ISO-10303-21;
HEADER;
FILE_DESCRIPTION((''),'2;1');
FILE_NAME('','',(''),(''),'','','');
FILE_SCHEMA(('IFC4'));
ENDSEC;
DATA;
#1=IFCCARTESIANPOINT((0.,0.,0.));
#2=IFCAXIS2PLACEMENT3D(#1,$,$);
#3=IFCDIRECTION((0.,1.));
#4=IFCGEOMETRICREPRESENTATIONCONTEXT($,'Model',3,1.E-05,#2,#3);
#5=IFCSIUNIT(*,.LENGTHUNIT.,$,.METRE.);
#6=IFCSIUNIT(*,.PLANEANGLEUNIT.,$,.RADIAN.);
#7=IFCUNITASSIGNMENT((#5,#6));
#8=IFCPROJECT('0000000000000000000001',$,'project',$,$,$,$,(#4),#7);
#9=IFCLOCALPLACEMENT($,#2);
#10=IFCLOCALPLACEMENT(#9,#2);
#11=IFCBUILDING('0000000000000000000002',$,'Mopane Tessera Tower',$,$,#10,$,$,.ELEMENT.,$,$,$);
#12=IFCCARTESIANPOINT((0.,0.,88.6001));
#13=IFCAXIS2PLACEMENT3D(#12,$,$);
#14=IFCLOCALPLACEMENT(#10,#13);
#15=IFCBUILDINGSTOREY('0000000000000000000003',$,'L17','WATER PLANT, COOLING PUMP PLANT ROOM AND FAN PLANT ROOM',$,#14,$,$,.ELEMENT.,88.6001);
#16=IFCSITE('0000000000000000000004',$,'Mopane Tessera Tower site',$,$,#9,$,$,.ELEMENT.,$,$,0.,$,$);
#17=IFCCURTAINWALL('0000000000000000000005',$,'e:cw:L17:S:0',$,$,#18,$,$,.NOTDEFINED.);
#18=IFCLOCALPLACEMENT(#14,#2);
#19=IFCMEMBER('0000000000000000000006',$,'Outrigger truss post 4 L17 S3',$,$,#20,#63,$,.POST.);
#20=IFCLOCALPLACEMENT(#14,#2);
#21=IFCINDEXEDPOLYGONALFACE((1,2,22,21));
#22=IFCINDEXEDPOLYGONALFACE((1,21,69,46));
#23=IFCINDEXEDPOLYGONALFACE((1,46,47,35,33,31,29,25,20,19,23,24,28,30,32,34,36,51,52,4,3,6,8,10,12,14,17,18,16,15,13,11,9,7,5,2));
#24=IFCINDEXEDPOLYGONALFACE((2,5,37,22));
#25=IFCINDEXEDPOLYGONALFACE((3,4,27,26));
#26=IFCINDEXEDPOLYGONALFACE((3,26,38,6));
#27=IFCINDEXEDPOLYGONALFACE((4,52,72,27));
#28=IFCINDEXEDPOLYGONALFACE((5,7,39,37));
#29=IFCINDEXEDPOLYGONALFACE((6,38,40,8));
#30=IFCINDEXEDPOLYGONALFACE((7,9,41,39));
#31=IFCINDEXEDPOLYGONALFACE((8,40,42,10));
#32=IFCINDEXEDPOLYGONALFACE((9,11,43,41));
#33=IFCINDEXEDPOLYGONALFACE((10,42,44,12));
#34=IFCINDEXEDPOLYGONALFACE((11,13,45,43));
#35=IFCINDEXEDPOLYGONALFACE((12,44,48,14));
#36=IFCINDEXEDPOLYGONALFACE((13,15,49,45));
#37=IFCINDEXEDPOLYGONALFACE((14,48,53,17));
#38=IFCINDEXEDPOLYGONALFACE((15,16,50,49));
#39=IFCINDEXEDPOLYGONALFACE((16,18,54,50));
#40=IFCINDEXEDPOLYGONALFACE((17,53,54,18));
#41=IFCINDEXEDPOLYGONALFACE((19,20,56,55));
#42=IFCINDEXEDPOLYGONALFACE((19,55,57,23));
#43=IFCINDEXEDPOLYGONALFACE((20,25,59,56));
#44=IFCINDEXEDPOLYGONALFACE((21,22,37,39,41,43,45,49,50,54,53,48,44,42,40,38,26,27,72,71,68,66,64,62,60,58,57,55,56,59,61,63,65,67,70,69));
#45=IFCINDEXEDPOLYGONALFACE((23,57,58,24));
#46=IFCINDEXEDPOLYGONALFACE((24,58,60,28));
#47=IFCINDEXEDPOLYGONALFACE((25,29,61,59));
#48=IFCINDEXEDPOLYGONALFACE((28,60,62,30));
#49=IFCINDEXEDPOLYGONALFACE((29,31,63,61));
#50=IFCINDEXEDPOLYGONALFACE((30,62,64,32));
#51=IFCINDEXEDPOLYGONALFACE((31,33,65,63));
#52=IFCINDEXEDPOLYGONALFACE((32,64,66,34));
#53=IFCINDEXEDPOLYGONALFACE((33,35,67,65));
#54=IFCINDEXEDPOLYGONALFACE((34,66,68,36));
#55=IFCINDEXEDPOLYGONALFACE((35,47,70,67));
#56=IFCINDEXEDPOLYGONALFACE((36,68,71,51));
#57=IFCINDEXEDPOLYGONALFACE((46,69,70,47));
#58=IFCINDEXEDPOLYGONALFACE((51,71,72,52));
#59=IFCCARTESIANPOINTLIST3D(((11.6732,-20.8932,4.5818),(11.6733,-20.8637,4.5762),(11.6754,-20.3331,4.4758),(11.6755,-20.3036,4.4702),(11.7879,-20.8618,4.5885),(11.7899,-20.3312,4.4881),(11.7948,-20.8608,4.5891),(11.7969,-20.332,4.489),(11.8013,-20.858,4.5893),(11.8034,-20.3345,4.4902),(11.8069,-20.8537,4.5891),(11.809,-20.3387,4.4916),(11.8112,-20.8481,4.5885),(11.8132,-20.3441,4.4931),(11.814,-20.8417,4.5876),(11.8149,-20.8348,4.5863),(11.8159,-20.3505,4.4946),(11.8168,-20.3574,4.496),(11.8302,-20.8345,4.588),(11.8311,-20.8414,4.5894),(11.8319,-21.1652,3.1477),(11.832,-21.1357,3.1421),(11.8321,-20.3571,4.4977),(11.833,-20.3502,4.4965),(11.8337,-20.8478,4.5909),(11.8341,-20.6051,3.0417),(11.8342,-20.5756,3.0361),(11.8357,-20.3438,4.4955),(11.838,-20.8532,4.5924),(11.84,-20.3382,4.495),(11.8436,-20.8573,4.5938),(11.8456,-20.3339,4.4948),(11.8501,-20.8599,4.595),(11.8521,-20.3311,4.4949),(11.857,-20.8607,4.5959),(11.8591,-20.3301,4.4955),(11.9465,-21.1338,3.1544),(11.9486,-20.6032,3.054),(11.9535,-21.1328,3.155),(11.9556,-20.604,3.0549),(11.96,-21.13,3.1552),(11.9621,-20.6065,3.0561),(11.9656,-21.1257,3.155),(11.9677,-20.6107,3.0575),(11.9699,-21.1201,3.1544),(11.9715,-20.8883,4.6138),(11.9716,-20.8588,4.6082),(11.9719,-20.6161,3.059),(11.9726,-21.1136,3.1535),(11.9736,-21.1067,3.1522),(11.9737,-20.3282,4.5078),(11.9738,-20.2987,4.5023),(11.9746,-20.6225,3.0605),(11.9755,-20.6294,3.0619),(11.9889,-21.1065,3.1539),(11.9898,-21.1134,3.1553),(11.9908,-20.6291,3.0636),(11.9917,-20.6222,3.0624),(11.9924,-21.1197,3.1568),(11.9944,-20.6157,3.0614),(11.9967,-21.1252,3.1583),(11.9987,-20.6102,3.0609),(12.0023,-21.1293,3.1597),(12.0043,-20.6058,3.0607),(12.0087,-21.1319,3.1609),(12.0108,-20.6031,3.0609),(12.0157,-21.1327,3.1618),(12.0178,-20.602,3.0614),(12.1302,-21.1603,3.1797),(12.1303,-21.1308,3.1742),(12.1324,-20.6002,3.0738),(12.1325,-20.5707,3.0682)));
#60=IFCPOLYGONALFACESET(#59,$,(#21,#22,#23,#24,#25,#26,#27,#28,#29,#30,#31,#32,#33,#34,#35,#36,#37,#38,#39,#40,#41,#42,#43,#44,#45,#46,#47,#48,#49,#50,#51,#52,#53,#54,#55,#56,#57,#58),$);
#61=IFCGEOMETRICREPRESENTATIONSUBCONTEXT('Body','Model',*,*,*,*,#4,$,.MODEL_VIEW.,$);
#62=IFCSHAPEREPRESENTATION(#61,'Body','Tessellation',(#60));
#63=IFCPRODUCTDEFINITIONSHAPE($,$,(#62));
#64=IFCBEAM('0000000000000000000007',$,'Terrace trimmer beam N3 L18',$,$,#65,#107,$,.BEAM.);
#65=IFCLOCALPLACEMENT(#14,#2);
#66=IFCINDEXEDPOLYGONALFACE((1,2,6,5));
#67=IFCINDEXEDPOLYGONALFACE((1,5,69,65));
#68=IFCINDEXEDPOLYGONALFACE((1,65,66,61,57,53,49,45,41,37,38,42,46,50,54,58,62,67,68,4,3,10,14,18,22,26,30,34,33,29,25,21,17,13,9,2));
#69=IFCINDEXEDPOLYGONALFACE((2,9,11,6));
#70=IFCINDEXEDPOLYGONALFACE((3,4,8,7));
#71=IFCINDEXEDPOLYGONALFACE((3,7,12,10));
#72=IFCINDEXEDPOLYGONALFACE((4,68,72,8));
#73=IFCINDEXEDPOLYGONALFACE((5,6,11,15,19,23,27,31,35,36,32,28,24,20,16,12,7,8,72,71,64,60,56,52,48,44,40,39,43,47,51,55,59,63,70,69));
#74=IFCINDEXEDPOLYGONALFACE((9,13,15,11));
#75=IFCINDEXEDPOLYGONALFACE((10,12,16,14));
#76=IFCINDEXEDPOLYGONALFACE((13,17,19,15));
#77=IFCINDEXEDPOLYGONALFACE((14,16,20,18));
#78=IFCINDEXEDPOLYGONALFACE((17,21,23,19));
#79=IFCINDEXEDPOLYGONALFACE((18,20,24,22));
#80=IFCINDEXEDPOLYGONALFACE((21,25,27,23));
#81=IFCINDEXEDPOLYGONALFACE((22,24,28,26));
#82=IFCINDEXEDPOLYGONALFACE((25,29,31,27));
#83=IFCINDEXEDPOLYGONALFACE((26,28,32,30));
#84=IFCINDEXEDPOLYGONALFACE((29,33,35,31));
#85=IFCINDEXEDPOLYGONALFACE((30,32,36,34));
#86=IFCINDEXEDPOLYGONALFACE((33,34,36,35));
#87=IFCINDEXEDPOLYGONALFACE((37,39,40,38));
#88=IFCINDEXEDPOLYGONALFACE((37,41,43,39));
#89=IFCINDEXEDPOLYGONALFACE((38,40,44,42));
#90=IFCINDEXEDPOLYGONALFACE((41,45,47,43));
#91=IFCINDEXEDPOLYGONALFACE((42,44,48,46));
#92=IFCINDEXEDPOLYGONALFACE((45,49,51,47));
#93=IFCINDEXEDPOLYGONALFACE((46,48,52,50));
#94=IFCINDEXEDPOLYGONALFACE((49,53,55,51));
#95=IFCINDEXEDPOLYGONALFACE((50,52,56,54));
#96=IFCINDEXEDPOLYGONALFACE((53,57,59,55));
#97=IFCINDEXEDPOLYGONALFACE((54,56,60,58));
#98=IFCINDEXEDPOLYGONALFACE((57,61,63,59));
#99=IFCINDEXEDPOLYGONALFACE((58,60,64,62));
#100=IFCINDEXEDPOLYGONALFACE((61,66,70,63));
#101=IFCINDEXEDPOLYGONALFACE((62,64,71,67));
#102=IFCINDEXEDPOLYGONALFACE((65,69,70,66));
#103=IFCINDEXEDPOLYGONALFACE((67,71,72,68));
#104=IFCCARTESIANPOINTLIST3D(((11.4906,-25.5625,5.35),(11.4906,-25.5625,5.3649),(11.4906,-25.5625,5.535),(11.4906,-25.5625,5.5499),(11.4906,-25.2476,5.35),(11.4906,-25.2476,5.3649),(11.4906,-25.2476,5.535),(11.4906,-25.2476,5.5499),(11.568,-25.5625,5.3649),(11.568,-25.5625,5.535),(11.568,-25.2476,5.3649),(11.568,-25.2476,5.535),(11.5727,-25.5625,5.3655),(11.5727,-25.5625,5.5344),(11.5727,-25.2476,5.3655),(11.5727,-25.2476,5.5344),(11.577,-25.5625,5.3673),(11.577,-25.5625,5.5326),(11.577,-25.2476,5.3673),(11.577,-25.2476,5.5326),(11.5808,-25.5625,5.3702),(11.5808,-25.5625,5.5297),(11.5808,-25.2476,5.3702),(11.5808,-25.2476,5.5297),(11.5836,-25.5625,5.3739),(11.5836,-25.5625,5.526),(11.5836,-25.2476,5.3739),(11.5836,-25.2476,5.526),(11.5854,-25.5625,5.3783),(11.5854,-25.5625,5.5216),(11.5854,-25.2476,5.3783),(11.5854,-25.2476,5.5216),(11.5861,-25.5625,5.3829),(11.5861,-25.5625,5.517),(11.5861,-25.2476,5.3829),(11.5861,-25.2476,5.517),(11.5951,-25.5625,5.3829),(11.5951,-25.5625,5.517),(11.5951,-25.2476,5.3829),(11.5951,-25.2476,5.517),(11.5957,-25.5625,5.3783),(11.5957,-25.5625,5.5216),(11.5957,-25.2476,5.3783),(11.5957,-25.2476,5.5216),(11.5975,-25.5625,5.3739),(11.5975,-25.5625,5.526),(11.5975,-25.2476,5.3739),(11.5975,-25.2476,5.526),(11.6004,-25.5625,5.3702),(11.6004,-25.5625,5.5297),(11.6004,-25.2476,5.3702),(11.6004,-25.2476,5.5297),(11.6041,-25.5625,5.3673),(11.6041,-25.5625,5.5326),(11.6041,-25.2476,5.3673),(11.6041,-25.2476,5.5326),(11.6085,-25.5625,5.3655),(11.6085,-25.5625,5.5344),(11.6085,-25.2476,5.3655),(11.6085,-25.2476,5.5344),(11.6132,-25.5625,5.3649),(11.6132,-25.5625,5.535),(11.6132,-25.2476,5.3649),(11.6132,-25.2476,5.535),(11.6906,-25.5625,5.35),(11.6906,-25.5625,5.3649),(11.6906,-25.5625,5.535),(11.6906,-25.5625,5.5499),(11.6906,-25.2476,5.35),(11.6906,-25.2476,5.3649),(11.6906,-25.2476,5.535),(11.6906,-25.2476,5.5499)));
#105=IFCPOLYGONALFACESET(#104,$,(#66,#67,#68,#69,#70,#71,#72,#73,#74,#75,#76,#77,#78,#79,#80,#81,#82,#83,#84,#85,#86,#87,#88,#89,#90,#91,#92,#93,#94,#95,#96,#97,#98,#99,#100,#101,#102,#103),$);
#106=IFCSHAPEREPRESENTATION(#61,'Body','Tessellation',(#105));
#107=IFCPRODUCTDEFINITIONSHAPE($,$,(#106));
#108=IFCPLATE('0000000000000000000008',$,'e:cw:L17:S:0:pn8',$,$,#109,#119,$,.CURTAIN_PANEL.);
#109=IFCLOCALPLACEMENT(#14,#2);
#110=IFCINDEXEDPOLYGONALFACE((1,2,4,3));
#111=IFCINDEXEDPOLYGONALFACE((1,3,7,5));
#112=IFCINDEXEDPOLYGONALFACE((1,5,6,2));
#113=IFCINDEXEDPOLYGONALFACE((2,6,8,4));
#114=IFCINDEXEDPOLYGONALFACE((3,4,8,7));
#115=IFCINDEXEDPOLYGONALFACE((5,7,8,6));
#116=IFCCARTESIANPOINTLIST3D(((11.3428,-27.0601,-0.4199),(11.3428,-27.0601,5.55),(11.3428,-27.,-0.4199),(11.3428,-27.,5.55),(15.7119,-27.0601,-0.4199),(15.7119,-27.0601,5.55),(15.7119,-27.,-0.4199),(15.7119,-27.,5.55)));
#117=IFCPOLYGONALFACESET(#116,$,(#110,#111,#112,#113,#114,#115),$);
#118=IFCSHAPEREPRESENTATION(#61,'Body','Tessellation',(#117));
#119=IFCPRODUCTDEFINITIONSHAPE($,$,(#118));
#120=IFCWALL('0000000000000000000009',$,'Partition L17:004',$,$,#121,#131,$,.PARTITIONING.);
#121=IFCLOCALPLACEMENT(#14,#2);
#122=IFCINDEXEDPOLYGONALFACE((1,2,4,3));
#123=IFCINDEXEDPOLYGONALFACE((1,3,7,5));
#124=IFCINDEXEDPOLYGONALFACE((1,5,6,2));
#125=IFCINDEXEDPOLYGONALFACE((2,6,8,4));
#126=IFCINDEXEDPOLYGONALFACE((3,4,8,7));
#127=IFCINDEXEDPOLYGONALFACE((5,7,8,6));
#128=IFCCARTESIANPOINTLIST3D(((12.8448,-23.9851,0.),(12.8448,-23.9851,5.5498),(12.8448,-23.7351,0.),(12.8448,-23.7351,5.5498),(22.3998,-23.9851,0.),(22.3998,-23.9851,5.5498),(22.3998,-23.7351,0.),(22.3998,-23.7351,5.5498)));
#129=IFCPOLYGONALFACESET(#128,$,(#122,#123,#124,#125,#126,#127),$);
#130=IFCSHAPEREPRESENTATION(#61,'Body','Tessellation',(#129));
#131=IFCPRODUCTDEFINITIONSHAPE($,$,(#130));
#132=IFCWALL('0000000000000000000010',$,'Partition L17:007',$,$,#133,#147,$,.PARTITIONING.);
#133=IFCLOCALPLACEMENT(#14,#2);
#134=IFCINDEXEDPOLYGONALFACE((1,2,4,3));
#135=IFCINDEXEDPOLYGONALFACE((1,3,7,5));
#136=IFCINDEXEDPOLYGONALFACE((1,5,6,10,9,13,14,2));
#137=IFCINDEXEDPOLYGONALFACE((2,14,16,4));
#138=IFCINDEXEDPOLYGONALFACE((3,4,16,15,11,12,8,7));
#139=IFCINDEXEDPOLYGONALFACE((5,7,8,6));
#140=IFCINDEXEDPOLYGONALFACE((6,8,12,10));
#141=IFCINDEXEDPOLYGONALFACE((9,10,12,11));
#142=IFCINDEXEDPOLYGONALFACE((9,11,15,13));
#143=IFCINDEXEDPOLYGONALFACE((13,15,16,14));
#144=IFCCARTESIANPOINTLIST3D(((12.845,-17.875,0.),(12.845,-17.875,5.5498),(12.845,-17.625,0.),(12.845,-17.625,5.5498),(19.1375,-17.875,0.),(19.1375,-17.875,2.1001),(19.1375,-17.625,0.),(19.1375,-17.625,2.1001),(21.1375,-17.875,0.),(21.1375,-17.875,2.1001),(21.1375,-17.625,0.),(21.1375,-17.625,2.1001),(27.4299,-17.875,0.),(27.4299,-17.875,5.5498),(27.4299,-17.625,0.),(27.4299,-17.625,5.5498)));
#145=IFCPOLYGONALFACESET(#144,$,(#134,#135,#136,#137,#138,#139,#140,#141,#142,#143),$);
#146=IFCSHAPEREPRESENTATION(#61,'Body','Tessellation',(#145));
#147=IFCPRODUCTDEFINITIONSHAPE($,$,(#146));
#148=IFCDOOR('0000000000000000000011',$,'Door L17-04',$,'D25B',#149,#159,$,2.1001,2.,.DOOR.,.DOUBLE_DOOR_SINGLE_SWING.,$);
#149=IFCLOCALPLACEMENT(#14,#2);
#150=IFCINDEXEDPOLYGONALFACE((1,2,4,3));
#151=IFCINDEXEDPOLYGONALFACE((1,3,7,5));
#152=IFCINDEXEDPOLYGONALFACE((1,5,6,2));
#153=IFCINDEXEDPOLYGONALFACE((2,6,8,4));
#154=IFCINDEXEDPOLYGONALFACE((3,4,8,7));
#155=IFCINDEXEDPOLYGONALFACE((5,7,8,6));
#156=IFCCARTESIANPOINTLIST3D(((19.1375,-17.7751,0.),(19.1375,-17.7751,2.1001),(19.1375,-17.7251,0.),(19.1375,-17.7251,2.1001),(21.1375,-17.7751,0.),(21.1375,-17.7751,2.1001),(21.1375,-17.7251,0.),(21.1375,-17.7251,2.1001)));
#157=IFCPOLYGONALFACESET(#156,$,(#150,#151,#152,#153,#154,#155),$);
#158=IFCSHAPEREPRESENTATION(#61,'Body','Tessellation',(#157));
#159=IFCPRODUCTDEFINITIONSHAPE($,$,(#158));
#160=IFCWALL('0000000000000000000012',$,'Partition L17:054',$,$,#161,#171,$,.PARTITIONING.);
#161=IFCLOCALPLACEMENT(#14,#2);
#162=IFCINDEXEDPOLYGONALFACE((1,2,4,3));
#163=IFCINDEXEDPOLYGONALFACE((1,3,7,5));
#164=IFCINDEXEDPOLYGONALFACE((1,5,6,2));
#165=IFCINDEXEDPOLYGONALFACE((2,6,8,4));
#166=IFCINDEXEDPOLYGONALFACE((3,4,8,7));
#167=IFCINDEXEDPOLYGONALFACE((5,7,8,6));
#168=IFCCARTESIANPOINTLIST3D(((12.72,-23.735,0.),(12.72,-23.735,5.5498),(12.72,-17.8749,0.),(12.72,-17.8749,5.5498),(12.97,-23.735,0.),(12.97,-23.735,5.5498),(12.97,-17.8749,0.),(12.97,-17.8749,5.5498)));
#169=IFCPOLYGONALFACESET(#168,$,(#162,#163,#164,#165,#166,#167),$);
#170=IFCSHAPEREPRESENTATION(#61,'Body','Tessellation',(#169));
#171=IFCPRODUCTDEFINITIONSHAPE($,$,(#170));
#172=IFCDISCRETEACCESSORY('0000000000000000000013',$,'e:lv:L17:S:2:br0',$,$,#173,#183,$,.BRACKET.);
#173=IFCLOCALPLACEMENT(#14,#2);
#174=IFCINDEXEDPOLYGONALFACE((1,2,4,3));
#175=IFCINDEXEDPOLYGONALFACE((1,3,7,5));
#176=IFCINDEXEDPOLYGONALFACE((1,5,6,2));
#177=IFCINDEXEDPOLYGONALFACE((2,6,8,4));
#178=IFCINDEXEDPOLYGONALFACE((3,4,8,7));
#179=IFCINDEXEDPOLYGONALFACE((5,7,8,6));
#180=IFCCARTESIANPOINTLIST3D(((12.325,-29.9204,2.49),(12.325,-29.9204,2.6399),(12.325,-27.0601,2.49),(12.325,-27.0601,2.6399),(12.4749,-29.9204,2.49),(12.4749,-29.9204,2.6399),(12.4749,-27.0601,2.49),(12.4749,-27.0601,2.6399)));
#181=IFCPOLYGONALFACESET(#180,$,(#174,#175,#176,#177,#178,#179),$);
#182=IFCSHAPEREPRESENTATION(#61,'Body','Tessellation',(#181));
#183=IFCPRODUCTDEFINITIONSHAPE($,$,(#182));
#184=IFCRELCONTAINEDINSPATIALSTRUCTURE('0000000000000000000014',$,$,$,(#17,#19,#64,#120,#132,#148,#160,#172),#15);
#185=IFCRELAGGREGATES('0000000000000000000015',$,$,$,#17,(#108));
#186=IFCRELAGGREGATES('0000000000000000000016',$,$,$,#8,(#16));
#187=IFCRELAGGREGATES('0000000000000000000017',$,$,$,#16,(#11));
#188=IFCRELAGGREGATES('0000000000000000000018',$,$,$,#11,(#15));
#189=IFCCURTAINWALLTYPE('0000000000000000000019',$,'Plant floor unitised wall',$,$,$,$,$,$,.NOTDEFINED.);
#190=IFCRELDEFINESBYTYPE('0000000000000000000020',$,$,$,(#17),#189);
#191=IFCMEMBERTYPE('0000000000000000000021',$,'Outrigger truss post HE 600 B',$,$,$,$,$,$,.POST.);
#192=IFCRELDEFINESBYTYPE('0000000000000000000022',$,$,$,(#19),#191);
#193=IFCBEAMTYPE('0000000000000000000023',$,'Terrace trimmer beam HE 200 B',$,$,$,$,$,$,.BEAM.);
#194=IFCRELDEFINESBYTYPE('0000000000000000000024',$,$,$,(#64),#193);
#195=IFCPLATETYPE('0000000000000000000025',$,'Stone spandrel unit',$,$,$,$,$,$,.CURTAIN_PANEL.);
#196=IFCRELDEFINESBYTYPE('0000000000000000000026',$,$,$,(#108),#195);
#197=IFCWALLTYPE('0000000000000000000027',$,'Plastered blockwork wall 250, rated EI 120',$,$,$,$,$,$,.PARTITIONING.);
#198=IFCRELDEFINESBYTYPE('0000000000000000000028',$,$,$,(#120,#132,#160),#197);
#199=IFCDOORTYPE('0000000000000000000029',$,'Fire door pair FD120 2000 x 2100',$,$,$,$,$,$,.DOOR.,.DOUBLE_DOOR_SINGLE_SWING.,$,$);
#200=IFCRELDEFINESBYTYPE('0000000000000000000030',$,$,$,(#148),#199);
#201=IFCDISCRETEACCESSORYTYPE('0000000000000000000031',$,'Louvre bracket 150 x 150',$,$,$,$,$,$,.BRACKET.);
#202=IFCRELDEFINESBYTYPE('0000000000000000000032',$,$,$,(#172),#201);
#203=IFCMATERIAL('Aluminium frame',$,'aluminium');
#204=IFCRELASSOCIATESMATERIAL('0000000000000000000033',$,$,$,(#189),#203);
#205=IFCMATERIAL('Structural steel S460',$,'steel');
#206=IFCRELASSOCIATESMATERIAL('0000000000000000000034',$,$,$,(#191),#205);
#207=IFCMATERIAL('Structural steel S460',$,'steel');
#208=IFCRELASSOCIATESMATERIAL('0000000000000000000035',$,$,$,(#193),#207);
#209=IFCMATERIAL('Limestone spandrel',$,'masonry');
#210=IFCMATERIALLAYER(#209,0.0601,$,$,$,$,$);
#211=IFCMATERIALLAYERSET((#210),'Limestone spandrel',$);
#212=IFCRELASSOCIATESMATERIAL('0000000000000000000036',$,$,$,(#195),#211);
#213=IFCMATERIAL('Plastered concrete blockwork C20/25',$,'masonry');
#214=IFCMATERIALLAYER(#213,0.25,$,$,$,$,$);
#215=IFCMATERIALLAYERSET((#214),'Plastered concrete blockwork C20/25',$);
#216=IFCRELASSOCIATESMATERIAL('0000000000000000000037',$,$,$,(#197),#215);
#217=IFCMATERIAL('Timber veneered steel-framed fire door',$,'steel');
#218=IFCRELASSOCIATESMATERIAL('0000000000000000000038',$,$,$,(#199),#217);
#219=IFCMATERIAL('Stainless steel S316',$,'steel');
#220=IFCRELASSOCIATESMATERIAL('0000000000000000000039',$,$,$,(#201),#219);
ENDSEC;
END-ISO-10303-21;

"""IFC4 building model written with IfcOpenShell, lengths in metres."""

from ifc_helpers import new_model, si_unit, direction, frame, frame_2d, origin, origin_2d, place, context, subcontext, project, spatial, rectangle, i_section, extrude, material, layer, layer_set, material_profile, profile_set, type_object, element, fill, aggregate, save


model = new_model("IFC4")

# Units and contexts
model_context = context("Model", 3, precision=1e-05, world=origin(), true_north=direction((0.0, 1.0)))
body_context = subcontext(model_context, "Body", "Model", "MODEL_VIEW")
ifc_project = project(units=[si_unit("LENGTHUNIT", "METRE"), si_unit("PLANEANGLEUNIT", "RADIAN")], contexts=[model_context])

# Site, building, storey
site_placement = place(None, origin())
site = spatial("IfcSite", under=ifc_project, at=site_placement, Name="Mopane Tessera Tower site", CompositionType="ELEMENT", RefElevation=0.0)
building_placement = place(site_placement, origin())
building = spatial("IfcBuilding", under=site, at=building_placement, Name="Mopane Tessera Tower", CompositionType="ELEMENT")
storey_placement = place(building_placement, frame((0.0, 0.0, 88.6001)))
storey = spatial("IfcBuildingStorey", under=building, at=storey_placement, Name="L17", Description="WATER PLANT, COOLING PUMP PLANT ROOM AND FAN PLANT ROOM", CompositionType="ELEMENT", Elevation=88.6001)

# Curtain wall
ifc_material_1 = material(Name="Aluminium frame", Category="aluminium")
curtain_wall_type = type_object("IfcCurtainWallType", Name="Plant floor unitised wall", PredefinedType="NOTDEFINED", material=ifc_material_1)
curtain_wall_placement = place(storey_placement, origin())
curtain_wall = element("IfcCurtainWall", 1, at=curtain_wall_placement, inside=storey, type_object=curtain_wall_type, Name="e:cw:L17:S:0", PredefinedType="NOTDEFINED")

# Member
ifc_material_2 = material(Name="Structural steel S460", Category="steel")
ifc_material_profile_1 = material_profile(ifc_material_2, i_section(OverallWidth=0.3, OverallDepth=0.6001, WebThickness=0.0154, FlangeThickness=0.03, FilletRadius=0.0271, at=origin_2d()))
ifc_profile_set_1 = profile_set([ifc_material_profile_1], Name="Structural steel S460")
member_type_1 = type_object("IfcMemberType", Name="Outrigger truss post HE 600 B", PredefinedType="POST", material=ifc_profile_set_1)
member_1_placement = place(storey_placement, frame((11.9822, -20.8679, 3.1079), z_axis=(-0.108082, 0.185237, 0.976732), x_axis=(0.994134, 0.016307, 0.106915)))
element("IfcMember", 2, at=member_1_placement, inside=storey, type_object=member_type_1, Name="Outrigger truss post 4 L17 S3", PredefinedType="POST", context=body_context, shape_type="SweptSolid", body=[
    extrude(i_section(OverallWidth=0.3, OverallDepth=0.6001, WebThickness=0.0154, FlangeThickness=0.03, FilletRadius=0.0271, at=origin_2d()), origin(), (0.0, 0.0, 1.0), 1.4683),
])

# Beam
ifc_material_3 = material(Name="Structural steel S460", Category="steel")
ifc_material_profile_2 = material_profile(ifc_material_3, i_section(OverallWidth=0.2, OverallDepth=0.2, WebThickness=0.009, FlangeThickness=0.0149, FilletRadius=0.0181, at=origin_2d()))
ifc_profile_set_2 = profile_set([ifc_material_profile_2], Name="Structural steel S460")
beam_type = type_object("IfcBeamType", Name="Terrace trimmer beam HE 200 B", PredefinedType="BEAM", material=ifc_profile_set_2)
beam_placement = place(storey_placement, frame((11.5906, -25.2476, 5.45), z_axis=(0.0, -1.0, 0.0), x_axis=(1.0, 0.0, 0.0)))
element("IfcBeam", 3, at=beam_placement, inside=storey, type_object=beam_type, Name="Terrace trimmer beam N3 L18", PredefinedType="BEAM", context=body_context, shape_type="SweptSolid", body=[
    extrude(i_section(OverallWidth=0.2, OverallDepth=0.2, WebThickness=0.009, FlangeThickness=0.0149, FilletRadius=0.0181, at=origin_2d()), origin(), (0.0, 0.0, 1.0), 0.3149),
])

# Plate
ifc_material_4 = material(Name="Limestone spandrel", Category="masonry")
ifc_layer_1 = layer(ifc_material_4, 0.0601)
ifc_layer_set_1 = layer_set([ifc_layer_1], Name="Limestone spandrel")
plate_type = type_object("IfcPlateType", Name="Stone spandrel unit", PredefinedType="CURTAIN_PANEL", material=ifc_layer_set_1)
plate_placement = place(storey_placement, frame((13.5273, -27.03, -0.4199), z_axis=(0.0, 0.0, 1.0), x_axis=(1.0, 0.0, 0.0)))
plate = element("IfcPlate", 4, at=plate_placement, type_object=plate_type, Name="e:cw:L17:S:0:pn8", PredefinedType="CURTAIN_PANEL", context=body_context, shape_type="SweptSolid", body=[
    extrude(rectangle(XDim=4.3691, YDim=0.0601, at=origin_2d()), origin(), (0.0, 0.0, 1.0), 5.97),
])
aggregate(curtain_wall, [plate])

# Wall
ifc_material_5 = material(Name="Plastered concrete blockwork C20/25", Category="masonry")
ifc_layer_2 = layer(ifc_material_5, 0.25)
ifc_layer_set_2 = layer_set([ifc_layer_2], Name="Plastered concrete blockwork C20/25")
wall_type = type_object("IfcWallType", Name="Plastered blockwork wall 250, rated EI 120", PredefinedType="PARTITIONING", material=ifc_layer_set_2)
wall_1_placement = place(storey_placement, frame((12.845, -23.8601, 0.0), z_axis=(0.0, 0.0, 1.0), x_axis=(1.0, 0.0, 0.0)))
element("IfcWall", 5, at=wall_1_placement, inside=storey, type_object=wall_type, Name="Partition L17:004", PredefinedType="PARTITIONING", context=body_context, shape_type="SweptSolid", body=[
    extrude(rectangle(XDim=9.5549, YDim=0.25, at=frame_2d((4.7773, 0.0))), origin(), (0.0, 0.0, 1.0), 5.5498),
])

# Wall, opening, door
wall_2_placement = place(storey_placement, frame((12.845, -17.75, 0.0), z_axis=(0.0, 0.0, 1.0), x_axis=(1.0, 0.0, 0.0)))
wall_2 = element("IfcWall", 6, at=wall_2_placement, inside=storey, type_object=wall_type, Name="Partition L17:007", PredefinedType="PARTITIONING", context=body_context, shape_type="SweptSolid", body=[
    extrude(rectangle(XDim=14.585, YDim=0.25, at=frame_2d((7.2925, 0.0))), origin(), (0.0, 0.0, 1.0), 5.5498),
])
opening_placement = place(wall_2_placement, frame((6.2925, 0.0, 0.0)))
opening = element("IfcOpeningElement", 7, at=opening_placement, cuts=wall_2, PredefinedType="OPENING", context=body_context, shape_type="SweptSolid", body=[
    extrude(rectangle(XDim=2.0, YDim=2.1001, at=frame_2d((1.0, 1.05))), frame((0.0, 0.137, 0.0), z_axis=(0.0, -1.0, 0.0), x_axis=(1.0, 0.0, 0.0)), (0.0, 0.0, 1.0), 0.2739),
])
ifc_material_6 = material(Name="Timber veneered steel-framed fire door", Category="steel")
door_type = type_object("IfcDoorType", Name="Fire door pair FD120 2000 x 2100", OperationType="DOUBLE_DOOR_SINGLE_SWING", PredefinedType="DOOR", material=ifc_material_6)
door_placement = place(opening_placement, origin())
door = element("IfcDoor", 8, at=door_placement, inside=storey, type_object=door_type, Name="Door L17-04", ObjectType="D25B", OperationType="DOUBLE_DOOR_SINGLE_SWING", OverallHeight=2.1001, OverallWidth=2.0, PredefinedType="DOOR", context=body_context, shape_type="SweptSolid", body=[
    extrude(rectangle(XDim=2.0, YDim=2.1001, at=frame_2d((1.0, 1.05))), frame((0.0, 0.0249, 0.0), z_axis=(0.0, -1.0, 0.0), x_axis=(1.0, 0.0, 0.0)), (0.0, 0.0, 1.0), 0.05),
])
fill(opening, door)

# Wall
wall_3_placement = place(storey_placement, frame((12.845, -23.7351, 0.0), z_axis=(0.0, 0.0, 1.0), x_axis=(0.0, 1.0, 0.0)))
element("IfcWall", 9, at=wall_3_placement, inside=storey, type_object=wall_type, Name="Partition L17:054", PredefinedType="PARTITIONING", context=body_context, shape_type="SweptSolid", body=[
    extrude(rectangle(XDim=5.8601, YDim=0.25, at=frame_2d((2.9302, 0.0))), origin(), (0.0, 0.0, 1.0), 5.5498),
])

# Discrete accessory
ifc_material_7 = material(Name="Stainless steel S316", Category="steel")
discrete_accessory_type_1 = type_object("IfcDiscreteAccessoryType", Name="Louvre bracket 150 x 150", PredefinedType="BRACKET", material=ifc_material_7)
discrete_accessory_1_placement = place(storey_placement, frame((12.3999, -28.4902, 2.49), z_axis=(0.0, 0.0, 1.0), x_axis=(0.0, -1.0, 0.0)))
element("IfcDiscreteAccessory", 10, at=discrete_accessory_1_placement, inside=storey, type_object=discrete_accessory_type_1, Name="e:lv:L17:S:2:br0", PredefinedType="BRACKET", context=body_context, shape_type="SweptSolid", body=[
    extrude(rectangle(XDim=2.8604, YDim=0.1499, at=origin_2d()), origin(), (0.0, 0.0, 1.0), 0.1499),
])

save(model, "model.ifc")
